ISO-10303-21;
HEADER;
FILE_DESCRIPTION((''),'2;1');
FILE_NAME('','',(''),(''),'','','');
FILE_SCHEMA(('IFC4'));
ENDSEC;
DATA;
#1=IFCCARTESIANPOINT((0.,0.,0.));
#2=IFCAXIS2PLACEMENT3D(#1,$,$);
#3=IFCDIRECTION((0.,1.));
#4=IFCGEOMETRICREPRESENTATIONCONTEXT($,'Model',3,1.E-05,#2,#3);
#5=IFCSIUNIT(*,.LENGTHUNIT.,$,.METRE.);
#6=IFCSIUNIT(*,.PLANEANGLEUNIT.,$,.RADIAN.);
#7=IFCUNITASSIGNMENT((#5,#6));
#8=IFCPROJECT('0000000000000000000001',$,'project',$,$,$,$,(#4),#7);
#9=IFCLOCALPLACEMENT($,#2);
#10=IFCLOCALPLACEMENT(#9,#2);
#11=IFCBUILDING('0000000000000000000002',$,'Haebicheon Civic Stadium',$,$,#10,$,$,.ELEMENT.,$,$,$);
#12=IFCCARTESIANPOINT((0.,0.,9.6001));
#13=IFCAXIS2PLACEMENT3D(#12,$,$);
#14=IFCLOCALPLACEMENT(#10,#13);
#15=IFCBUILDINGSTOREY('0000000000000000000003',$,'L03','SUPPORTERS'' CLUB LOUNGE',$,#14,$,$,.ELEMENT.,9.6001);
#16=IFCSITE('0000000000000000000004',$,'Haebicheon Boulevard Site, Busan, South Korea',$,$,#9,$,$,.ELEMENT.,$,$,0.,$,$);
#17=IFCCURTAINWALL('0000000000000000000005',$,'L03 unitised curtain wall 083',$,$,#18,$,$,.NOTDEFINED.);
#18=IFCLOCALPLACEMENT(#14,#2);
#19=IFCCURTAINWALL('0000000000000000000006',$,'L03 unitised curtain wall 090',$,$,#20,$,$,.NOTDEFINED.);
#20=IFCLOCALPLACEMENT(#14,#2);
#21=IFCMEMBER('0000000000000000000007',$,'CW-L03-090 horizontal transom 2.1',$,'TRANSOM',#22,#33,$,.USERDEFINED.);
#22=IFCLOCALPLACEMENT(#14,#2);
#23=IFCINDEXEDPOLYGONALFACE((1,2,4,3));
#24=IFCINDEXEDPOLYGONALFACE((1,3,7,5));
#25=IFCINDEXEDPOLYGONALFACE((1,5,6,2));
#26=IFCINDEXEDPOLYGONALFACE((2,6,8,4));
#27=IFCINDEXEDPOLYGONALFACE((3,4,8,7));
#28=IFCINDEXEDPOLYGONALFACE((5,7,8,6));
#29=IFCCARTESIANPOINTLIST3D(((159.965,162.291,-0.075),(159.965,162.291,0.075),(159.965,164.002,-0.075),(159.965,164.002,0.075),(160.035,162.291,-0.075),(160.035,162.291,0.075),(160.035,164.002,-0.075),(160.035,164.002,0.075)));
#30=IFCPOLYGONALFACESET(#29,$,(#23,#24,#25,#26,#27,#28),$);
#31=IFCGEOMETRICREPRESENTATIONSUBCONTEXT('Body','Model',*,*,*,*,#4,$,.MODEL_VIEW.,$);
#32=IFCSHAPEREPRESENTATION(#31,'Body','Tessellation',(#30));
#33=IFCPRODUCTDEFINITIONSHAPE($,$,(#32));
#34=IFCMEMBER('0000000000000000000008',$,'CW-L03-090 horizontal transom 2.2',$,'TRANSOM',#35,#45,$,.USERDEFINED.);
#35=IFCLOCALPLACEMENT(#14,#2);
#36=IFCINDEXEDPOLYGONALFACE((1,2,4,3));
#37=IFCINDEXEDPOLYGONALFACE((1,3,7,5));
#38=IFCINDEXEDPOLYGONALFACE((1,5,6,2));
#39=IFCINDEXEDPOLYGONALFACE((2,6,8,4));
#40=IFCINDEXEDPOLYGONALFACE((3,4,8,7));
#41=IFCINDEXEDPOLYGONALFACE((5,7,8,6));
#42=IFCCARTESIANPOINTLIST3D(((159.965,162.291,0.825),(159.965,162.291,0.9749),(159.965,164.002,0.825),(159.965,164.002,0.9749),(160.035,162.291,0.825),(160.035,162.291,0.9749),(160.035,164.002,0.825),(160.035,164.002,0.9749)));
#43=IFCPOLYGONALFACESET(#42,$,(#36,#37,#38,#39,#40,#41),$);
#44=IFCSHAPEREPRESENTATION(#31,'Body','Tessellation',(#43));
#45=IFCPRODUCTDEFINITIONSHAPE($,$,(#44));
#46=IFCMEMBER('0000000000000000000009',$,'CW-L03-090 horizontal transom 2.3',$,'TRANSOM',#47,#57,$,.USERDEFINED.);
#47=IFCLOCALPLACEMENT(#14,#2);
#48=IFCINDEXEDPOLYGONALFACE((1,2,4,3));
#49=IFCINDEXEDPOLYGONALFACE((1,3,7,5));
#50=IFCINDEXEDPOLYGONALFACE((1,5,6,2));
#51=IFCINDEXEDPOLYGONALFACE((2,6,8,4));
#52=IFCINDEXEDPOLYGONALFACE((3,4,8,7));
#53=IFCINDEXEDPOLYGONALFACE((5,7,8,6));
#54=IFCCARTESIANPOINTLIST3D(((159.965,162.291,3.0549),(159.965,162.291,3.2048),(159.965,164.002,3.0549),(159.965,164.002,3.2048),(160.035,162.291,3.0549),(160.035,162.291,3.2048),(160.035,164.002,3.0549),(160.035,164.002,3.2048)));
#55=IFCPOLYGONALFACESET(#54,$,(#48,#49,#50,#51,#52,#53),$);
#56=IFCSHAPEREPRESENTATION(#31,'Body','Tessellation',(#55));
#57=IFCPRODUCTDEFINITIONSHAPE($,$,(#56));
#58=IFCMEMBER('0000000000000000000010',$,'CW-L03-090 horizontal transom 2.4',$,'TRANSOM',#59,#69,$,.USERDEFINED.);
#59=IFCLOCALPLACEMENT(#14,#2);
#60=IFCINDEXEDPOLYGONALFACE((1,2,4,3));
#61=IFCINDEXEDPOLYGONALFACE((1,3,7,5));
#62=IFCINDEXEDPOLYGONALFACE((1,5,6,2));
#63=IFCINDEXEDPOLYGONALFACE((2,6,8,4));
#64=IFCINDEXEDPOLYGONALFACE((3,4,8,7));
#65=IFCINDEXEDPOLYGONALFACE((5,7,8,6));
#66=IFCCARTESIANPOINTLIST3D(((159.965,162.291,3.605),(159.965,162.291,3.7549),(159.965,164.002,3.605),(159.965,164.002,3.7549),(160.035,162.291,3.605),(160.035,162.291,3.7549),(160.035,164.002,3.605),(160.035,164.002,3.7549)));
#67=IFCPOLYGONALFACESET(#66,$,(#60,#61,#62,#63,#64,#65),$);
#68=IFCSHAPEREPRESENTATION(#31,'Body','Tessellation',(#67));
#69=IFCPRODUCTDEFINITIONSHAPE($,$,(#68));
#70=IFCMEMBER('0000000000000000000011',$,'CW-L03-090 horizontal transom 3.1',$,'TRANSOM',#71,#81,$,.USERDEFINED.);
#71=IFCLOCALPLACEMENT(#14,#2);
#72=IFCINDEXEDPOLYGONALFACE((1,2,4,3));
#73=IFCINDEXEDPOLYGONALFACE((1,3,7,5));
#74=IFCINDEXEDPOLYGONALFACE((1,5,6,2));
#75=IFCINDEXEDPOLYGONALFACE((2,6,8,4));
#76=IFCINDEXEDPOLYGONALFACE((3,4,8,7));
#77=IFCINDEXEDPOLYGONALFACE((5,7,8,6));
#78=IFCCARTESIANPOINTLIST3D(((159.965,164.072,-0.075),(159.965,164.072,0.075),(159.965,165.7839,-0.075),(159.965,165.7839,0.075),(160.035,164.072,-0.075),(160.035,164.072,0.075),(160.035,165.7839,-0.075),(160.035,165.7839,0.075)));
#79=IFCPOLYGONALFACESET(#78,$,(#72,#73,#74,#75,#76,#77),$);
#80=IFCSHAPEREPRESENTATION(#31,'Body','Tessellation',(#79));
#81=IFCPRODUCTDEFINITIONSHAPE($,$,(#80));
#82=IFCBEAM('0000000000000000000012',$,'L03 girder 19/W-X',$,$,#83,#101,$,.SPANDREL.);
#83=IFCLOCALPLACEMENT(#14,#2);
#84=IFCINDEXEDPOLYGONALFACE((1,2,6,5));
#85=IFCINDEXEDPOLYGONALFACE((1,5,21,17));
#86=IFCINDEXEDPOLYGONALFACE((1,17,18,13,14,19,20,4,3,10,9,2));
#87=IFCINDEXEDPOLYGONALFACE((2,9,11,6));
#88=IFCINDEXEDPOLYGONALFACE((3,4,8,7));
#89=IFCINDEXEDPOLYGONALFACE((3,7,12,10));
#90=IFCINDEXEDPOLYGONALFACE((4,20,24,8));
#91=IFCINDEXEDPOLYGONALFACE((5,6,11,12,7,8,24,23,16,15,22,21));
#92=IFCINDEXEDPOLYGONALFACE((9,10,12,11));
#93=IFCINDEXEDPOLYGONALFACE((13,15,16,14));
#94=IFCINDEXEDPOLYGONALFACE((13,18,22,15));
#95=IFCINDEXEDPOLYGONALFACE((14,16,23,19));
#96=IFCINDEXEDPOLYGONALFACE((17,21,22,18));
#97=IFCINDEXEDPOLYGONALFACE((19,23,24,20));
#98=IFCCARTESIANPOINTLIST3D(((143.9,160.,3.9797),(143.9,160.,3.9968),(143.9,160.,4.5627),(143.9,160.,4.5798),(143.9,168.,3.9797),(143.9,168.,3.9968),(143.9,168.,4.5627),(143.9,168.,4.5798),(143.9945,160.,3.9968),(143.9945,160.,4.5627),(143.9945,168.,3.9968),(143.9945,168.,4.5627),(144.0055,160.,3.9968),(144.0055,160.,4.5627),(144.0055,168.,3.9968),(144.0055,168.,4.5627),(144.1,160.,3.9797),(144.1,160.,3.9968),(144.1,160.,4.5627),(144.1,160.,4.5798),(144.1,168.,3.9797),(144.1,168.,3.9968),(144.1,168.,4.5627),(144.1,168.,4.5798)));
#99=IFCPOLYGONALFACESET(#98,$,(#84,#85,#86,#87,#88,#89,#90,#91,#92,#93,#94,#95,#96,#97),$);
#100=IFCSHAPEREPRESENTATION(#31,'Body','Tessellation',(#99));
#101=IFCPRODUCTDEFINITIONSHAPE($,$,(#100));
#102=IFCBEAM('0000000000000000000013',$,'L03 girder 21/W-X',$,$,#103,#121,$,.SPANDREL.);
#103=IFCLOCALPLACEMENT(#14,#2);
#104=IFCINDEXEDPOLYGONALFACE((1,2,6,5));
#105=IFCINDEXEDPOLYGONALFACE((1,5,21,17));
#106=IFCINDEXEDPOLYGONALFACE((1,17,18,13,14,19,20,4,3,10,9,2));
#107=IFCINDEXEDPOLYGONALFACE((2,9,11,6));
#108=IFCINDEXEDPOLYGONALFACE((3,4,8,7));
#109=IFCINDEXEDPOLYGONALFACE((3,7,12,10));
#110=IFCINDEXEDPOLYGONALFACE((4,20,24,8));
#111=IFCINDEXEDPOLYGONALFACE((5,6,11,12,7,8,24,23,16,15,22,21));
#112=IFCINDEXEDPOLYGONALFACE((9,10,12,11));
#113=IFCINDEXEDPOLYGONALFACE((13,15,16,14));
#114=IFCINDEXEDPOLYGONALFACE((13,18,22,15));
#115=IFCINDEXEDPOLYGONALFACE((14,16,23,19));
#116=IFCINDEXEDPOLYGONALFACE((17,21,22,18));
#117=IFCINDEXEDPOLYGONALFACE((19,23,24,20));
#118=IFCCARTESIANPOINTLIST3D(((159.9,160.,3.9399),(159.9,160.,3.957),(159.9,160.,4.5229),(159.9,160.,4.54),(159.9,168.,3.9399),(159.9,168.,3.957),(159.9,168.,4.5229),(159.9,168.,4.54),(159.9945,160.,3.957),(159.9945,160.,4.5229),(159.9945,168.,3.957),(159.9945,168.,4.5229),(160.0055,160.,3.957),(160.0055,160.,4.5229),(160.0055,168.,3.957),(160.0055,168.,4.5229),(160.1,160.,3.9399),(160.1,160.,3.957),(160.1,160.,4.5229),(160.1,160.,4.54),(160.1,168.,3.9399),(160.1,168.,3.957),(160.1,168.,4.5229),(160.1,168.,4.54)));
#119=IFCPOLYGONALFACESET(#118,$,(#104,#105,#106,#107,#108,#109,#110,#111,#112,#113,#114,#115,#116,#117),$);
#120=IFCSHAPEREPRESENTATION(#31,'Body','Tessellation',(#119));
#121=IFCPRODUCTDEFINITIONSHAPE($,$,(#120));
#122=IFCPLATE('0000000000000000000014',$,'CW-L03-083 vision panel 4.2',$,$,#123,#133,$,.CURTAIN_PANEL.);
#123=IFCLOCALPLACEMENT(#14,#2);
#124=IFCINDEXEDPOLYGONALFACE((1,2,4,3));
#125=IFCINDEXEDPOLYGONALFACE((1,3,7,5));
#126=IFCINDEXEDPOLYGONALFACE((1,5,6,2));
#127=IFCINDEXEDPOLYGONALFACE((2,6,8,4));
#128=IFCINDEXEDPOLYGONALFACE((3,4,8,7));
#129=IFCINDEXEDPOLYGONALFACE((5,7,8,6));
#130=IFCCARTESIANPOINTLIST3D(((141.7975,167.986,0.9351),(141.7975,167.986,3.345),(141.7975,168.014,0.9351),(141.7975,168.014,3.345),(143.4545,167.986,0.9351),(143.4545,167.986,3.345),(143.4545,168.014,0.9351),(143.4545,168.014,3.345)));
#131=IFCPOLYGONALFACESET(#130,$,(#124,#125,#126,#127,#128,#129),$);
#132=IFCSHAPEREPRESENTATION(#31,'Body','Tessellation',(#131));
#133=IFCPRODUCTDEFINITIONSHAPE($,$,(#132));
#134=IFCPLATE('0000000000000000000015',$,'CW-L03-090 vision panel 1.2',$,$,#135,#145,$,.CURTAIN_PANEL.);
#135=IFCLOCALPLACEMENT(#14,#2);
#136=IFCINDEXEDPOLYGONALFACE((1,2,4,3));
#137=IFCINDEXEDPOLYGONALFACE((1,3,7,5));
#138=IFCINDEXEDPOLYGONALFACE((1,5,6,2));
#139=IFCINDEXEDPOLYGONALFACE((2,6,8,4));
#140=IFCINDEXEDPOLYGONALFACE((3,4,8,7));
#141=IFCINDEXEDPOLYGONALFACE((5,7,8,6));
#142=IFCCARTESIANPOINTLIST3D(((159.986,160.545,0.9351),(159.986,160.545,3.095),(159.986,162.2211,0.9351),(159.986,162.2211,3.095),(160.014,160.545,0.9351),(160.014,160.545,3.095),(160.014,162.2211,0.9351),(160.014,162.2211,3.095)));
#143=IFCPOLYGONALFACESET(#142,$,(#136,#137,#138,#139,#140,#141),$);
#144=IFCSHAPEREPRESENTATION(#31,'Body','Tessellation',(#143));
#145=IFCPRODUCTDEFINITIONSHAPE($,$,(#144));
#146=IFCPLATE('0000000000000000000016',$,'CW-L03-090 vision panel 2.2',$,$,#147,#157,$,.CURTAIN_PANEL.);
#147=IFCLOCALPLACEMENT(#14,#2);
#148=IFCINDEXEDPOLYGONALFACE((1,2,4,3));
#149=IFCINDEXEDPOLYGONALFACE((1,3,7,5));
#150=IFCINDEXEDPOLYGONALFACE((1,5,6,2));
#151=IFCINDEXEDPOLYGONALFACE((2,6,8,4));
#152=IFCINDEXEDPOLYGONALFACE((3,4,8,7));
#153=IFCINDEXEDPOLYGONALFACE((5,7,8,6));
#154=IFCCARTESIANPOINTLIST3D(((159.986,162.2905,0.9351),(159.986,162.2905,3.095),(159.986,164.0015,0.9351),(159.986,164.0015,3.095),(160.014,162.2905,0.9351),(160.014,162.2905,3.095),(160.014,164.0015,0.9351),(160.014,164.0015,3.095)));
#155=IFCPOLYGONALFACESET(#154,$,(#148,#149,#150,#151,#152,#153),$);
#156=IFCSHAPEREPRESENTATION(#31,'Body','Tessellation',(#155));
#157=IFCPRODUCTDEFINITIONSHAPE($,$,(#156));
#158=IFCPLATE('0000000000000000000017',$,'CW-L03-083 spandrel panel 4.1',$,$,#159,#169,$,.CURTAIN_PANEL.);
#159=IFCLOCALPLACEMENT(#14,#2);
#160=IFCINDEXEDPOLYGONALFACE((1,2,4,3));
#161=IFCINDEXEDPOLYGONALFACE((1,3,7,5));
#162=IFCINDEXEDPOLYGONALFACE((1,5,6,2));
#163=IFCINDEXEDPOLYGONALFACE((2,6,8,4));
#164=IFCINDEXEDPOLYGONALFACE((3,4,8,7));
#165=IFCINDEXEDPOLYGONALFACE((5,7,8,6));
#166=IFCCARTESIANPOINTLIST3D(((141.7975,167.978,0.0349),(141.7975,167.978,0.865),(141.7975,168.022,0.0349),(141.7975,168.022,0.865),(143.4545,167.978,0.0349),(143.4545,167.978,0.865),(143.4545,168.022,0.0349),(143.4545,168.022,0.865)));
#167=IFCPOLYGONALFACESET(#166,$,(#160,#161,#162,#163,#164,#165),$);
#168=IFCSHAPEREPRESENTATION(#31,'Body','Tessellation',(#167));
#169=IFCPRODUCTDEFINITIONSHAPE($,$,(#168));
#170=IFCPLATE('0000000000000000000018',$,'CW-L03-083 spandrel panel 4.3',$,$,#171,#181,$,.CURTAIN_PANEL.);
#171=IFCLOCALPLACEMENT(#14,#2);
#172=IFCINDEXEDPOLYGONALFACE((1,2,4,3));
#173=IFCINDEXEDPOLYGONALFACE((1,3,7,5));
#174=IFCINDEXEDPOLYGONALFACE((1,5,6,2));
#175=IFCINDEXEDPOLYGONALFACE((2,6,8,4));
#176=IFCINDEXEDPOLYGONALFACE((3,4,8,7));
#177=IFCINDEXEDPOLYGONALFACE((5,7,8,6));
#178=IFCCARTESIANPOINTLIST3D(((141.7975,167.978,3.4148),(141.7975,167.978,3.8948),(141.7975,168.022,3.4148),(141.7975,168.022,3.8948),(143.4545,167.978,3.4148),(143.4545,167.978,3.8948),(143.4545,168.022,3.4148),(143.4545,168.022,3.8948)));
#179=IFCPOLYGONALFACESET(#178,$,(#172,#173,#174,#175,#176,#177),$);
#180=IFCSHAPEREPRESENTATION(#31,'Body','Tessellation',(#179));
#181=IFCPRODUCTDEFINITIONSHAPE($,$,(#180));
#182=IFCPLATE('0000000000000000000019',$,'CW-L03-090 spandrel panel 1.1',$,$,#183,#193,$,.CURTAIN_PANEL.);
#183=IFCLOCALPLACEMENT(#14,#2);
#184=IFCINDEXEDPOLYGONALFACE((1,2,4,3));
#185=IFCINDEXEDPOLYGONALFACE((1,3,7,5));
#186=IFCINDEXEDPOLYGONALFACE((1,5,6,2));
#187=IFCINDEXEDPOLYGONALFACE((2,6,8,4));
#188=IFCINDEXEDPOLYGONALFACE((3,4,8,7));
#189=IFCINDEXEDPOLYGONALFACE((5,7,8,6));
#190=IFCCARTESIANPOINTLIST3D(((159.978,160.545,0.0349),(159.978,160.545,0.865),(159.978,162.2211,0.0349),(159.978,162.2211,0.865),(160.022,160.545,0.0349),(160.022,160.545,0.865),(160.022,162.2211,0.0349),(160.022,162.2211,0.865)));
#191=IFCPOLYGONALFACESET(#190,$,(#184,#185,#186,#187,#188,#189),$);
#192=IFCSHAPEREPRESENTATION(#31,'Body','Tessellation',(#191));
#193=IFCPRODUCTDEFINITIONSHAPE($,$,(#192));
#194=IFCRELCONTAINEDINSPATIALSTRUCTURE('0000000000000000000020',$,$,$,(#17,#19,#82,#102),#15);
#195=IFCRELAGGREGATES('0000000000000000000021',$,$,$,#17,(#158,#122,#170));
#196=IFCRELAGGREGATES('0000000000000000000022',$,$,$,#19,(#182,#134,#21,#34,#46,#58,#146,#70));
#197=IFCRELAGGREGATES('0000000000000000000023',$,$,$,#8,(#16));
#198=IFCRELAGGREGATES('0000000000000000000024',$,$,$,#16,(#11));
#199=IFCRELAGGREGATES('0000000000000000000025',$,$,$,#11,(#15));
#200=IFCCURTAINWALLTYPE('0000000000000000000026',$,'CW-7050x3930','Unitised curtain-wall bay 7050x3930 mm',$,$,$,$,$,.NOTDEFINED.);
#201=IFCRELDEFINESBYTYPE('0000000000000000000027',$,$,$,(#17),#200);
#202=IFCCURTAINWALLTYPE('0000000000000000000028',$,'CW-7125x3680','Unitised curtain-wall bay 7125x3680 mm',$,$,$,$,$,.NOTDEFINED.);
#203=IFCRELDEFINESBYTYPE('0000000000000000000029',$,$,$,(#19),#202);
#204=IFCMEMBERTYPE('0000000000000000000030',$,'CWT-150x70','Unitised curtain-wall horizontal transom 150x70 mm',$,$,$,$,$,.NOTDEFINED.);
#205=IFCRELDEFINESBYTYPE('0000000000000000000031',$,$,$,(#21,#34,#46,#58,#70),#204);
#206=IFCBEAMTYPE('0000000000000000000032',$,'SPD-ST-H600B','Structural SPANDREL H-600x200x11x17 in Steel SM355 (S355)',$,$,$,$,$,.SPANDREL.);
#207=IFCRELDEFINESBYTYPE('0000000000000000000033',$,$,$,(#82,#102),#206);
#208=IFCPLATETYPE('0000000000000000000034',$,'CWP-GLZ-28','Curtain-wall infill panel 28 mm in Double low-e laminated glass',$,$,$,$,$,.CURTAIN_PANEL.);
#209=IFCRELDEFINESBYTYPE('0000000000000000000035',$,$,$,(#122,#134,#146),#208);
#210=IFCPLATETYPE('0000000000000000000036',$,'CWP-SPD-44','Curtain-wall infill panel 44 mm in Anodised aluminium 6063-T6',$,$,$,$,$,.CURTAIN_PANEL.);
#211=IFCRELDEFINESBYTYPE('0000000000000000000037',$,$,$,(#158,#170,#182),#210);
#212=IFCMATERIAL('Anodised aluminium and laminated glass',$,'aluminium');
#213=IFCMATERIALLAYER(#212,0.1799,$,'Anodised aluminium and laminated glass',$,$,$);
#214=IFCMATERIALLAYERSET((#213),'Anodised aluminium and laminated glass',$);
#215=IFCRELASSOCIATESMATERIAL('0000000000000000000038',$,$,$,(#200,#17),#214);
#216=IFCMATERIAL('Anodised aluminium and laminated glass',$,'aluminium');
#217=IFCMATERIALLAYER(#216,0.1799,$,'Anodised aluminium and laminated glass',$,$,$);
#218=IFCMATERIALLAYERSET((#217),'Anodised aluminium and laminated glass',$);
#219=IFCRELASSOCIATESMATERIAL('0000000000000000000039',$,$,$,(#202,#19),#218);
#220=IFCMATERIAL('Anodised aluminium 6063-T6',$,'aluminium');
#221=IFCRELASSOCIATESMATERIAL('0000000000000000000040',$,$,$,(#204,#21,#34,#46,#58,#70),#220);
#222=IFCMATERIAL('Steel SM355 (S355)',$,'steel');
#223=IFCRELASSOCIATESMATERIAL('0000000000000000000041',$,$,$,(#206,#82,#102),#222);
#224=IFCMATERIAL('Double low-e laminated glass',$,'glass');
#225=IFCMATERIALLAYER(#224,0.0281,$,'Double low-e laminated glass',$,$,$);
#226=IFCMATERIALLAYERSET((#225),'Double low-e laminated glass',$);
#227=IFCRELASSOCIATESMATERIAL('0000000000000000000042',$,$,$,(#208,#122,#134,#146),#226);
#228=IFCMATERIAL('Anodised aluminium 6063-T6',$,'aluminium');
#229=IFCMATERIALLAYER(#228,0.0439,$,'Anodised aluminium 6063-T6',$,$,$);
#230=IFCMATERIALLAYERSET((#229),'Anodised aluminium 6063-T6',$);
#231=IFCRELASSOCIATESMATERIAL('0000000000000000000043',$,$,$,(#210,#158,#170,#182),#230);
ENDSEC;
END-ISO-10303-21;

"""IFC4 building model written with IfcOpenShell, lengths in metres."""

from ifc_helpers import new_model, si_unit, direction, frame, origin, origin_2d, place, context, subcontext, project, spatial, rectangle, i_section, extrude, material, layer, layer_set, material_profile, profile_set, type_object, element, aggregate, save


model = new_model("IFC4")

# Units and contexts
model_context = context("Model", 3, precision=1e-05, world=origin(), true_north=direction((0.0, 1.0)))
body_context = subcontext(model_context, "Body", "Model", "MODEL_VIEW")
ifc_project = project(units=[si_unit("LENGTHUNIT", "METRE"), si_unit("PLANEANGLEUNIT", "RADIAN")], contexts=[model_context])

# Site, building, storey
site_placement = place(None, origin())
site = spatial("IfcSite", under=ifc_project, at=site_placement, Name="Haebicheon Boulevard Site, Busan, South Korea", CompositionType="ELEMENT", RefElevation=0.0)
building_placement = place(site_placement, origin())
building = spatial("IfcBuilding", under=site, at=building_placement, Name="Haebicheon Civic Stadium", CompositionType="ELEMENT")
storey_placement = place(building_placement, frame((0.0, 0.0, 9.6001)))
storey = spatial("IfcBuildingStorey", under=building, at=storey_placement, Name="L03", Description="SUPPORTERS' CLUB LOUNGE", CompositionType="ELEMENT", Elevation=9.6001)

# Curtain wall
ifc_material_1 = material(Name="Anodised aluminium and laminated glass", Category="aluminium")
ifc_layer_1 = layer(ifc_material_1, 0.1799, Name="Anodised aluminium and laminated glass")
ifc_layer_set_1 = layer_set([ifc_layer_1], Name="Anodised aluminium and laminated glass")
curtain_wall_type_1 = type_object("IfcCurtainWallType", Name="CW-7050x3930", Description="Unitised curtain-wall bay 7050x3930 mm", PredefinedType="NOTDEFINED", material=ifc_layer_set_1)
curtain_wall_1_placement = place(storey_placement, origin())
curtain_wall_1 = element("IfcCurtainWall", 1, at=curtain_wall_1_placement, inside=storey, type_object=curtain_wall_type_1, material=ifc_layer_set_1, Name="L03 unitised curtain wall 083", PredefinedType="NOTDEFINED")

# Curtain wall
ifc_material_2 = material(Name="Anodised aluminium and laminated glass", Category="aluminium")
ifc_layer_2 = layer(ifc_material_2, 0.1799, Name="Anodised aluminium and laminated glass")
ifc_layer_set_2 = layer_set([ifc_layer_2], Name="Anodised aluminium and laminated glass")
curtain_wall_type_2 = type_object("IfcCurtainWallType", Name="CW-7125x3680", Description="Unitised curtain-wall bay 7125x3680 mm", PredefinedType="NOTDEFINED", material=ifc_layer_set_2)
curtain_wall_2_placement = place(storey_placement, origin())
curtain_wall_2 = element("IfcCurtainWall", 2, at=curtain_wall_2_placement, inside=storey, type_object=curtain_wall_type_2, material=ifc_layer_set_2, Name="L03 unitised curtain wall 090", PredefinedType="NOTDEFINED")

# Members
ifc_material_3 = material(Name="Anodised aluminium 6063-T6", Category="aluminium")
ifc_material_profile_1 = material_profile(ifc_material_3, rectangle(XDim=0.0701, YDim=0.1499, at=origin_2d()), Name="ALU-TRAN-70x150")
ifc_profile_set_1 = profile_set([ifc_material_profile_1], Name="Anodised aluminium 6063-T6")
member_type_1 = type_object("IfcMemberType", Name="CWT-150x70", Description="Unitised curtain-wall horizontal transom 150x70 mm", PredefinedType="NOTDEFINED", material=ifc_profile_set_1)
member_1_placement = place(storey_placement, frame((160.0, 162.291, 0.0), z_axis=(0.0, 1.0, 0.0), x_axis=(-1.0, 0.0, 0.0)))
member_1 = element("IfcMember", 3, at=member_1_placement, type_object=member_type_1, material=ifc_profile_set_1, Name="CW-L03-090 horizontal transom 2.1", ObjectType="TRANSOM", PredefinedType="USERDEFINED", context=body_context, shape_type="SweptSolid", body=[
    extrude(rectangle(XDim=0.0701, YDim=0.1499, at=origin_2d()), origin(), (0.0, 0.0, 1.0), 1.7109),
])
member_2_placement = place(storey_placement, frame((160.0, 162.291, 0.8999), z_axis=(0.0, 1.0, 0.0), x_axis=(-1.0, 0.0, 0.0)))
member_2 = element("IfcMember", 4, at=member_2_placement, type_object=member_type_1, material=ifc_profile_set_1, Name="CW-L03-090 horizontal transom 2.2", ObjectType="TRANSOM", PredefinedType="USERDEFINED", context=body_context, shape_type="SweptSolid", body=[
    extrude(rectangle(XDim=0.0701, YDim=0.1499, at=origin_2d()), origin(), (0.0, 0.0, 1.0), 1.7109),
])
member_3_placement = place(storey_placement, frame((160.0, 162.291, 3.1299), z_axis=(0.0, 1.0, 0.0), x_axis=(-1.0, 0.0, 0.0)))
member_3 = element("IfcMember", 5, at=member_3_placement, type_object=member_type_1, material=ifc_profile_set_1, Name="CW-L03-090 horizontal transom 2.3", ObjectType="TRANSOM", PredefinedType="USERDEFINED", context=body_context, shape_type="SweptSolid", body=[
    extrude(rectangle(XDim=0.0701, YDim=0.1499, at=origin_2d()), origin(), (0.0, 0.0, 1.0), 1.7109),
])
member_4_placement = place(storey_placement, frame((160.0, 162.291, 3.6799), z_axis=(0.0, 1.0, 0.0), x_axis=(-1.0, 0.0, 0.0)))
member_4 = element("IfcMember", 6, at=member_4_placement, type_object=member_type_1, material=ifc_profile_set_1, Name="CW-L03-090 horizontal transom 2.4", ObjectType="TRANSOM", PredefinedType="USERDEFINED", context=body_context, shape_type="SweptSolid", body=[
    extrude(rectangle(XDim=0.0701, YDim=0.1499, at=origin_2d()), origin(), (0.0, 0.0, 1.0), 1.7109),
])
member_5_placement = place(storey_placement, frame((160.0, 164.072, 0.0), z_axis=(0.0, 1.0, 0.0), x_axis=(-1.0, 0.0, 0.0)))
member_5 = element("IfcMember", 7, at=member_5_placement, type_object=member_type_1, material=ifc_profile_set_1, Name="CW-L03-090 horizontal transom 3.1", ObjectType="TRANSOM", PredefinedType="USERDEFINED", context=body_context, shape_type="SweptSolid", body=[
    extrude(rectangle(XDim=0.0701, YDim=0.1499, at=origin_2d()), origin(), (0.0, 0.0, 1.0), 1.7119),
])

# Beams
ifc_material_4 = material(Name="Steel SM355 (S355)", Category="steel")
ifc_material_profile_2 = material_profile(ifc_material_4, i_section(OverallWidth=0.2, OverallDepth=0.6001, WebThickness=0.011, FlangeThickness=0.0171, at=origin_2d()), Name="H-600x200x11x17")
ifc_profile_set_2 = profile_set([ifc_material_profile_2], Name="Steel SM355 (S355)")
beam_type_1 = type_object("IfcBeamType", Name="SPD-ST-H600B", Description="Structural SPANDREL H-600x200x11x17 in Steel SM355 (S355)", PredefinedType="SPANDREL", material=ifc_profile_set_2)
for number, where, z_axis, x_axis, name in (
    (8, (144.0, 160.0, 4.2798), (0.0, 1.0, 0.0), (-1.0, 0.0, 0.0), "L03 girder 19/W-X"),
    (9, (160.0, 160.0, 4.24), (0.0, 1.0, 0.0), (-1.0, 0.0, 0.0), "L03 girder 21/W-X"),
):
    element("IfcBeam", number, at=place(storey_placement, frame(where, z_axis=z_axis, x_axis=x_axis)), inside=storey, type_object=beam_type_1, material=ifc_profile_set_2, Name=name, PredefinedType="SPANDREL", context=body_context, shape_type="SweptSolid", body=[
        extrude(i_section(OverallWidth=0.2, OverallDepth=0.6001, WebThickness=0.011, FlangeThickness=0.0171, at=origin_2d()), origin(), (0.0, 0.0, 1.0), 8.0),
    ])

# Plates
ifc_material_5 = material(Name="Double low-e laminated glass", Category="glass")
ifc_layer_3 = layer(ifc_material_5, 0.0281, Name="Double low-e laminated glass")
ifc_layer_set_3 = layer_set([ifc_layer_3], Name="Double low-e laminated glass")
plate_type_1 = type_object("IfcPlateType", Name="CWP-GLZ-28", Description="Curtain-wall infill panel 28 mm in Double low-e laminated glass", PredefinedType="CURTAIN_PANEL", material=ifc_layer_set_3)
plate_1_placement = place(storey_placement, frame((142.626, 168.0, 0.9351), z_axis=(0.0, 0.0, 1.0), x_axis=(1.0, 0.0, 0.0)))
plate_1 = element("IfcPlate", 10, at=plate_1_placement, type_object=plate_type_1, material=ifc_layer_set_3, Name="CW-L03-083 vision panel 4.2", PredefinedType="CURTAIN_PANEL", context=body_context, shape_type="SweptSolid", body=[
    extrude(rectangle(XDim=1.657, YDim=0.0281, at=origin_2d()), origin(), (0.0, 0.0, 1.0), 2.4099),
])
plate_2_placement = place(storey_placement, frame((160.0, 161.3831, 0.9351), z_axis=(0.0, 0.0, 1.0), x_axis=(0.0, 1.0, 0.0)))
plate_2 = element("IfcPlate", 11, at=plate_2_placement, type_object=plate_type_1, material=ifc_layer_set_3, Name="CW-L03-090 vision panel 1.2", PredefinedType="CURTAIN_PANEL", context=body_context, shape_type="SweptSolid", body=[
    extrude(rectangle(XDim=1.676, YDim=0.0281, at=origin_2d()), origin(), (0.0, 0.0, 1.0), 2.1599),
])
plate_3_placement = place(storey_placement, frame((160.0, 163.146, 0.9351), z_axis=(0.0, 0.0, 1.0), x_axis=(0.0, 1.0, 0.0)))
plate_3 = element("IfcPlate", 12, at=plate_3_placement, type_object=plate_type_1, material=ifc_layer_set_3, Name="CW-L03-090 vision panel 2.2", PredefinedType="CURTAIN_PANEL", context=body_context, shape_type="SweptSolid", body=[
    extrude(rectangle(XDim=1.7109, YDim=0.0281, at=origin_2d()), origin(), (0.0, 0.0, 1.0), 2.1599),
])
ifc_material_6 = material(Name="Anodised aluminium 6063-T6", Category="aluminium")
ifc_layer_4 = layer(ifc_material_6, 0.0439, Name="Anodised aluminium 6063-T6")
ifc_layer_set_4 = layer_set([ifc_layer_4], Name="Anodised aluminium 6063-T6")
plate_type_2 = type_object("IfcPlateType", Name="CWP-SPD-44", Description="Curtain-wall infill panel 44 mm in Anodised aluminium 6063-T6", PredefinedType="CURTAIN_PANEL", material=ifc_layer_set_4)
plate_4_placement = place(storey_placement, frame((142.626, 168.0, 0.0349), z_axis=(0.0, 0.0, 1.0), x_axis=(1.0, 0.0, 0.0)))
plate_4 = element("IfcPlate", 13, at=plate_4_placement, type_object=plate_type_2, material=ifc_layer_set_4, Name="CW-L03-083 spandrel panel 4.1", PredefinedType="CURTAIN_PANEL", context=body_context, shape_type="SweptSolid", body=[
    extrude(rectangle(XDim=1.657, YDim=0.0439, at=origin_2d()), origin(), (0.0, 0.0, 1.0), 0.8301),
])
plate_5_placement = place(storey_placement, frame((142.626, 168.0, 3.4148), z_axis=(0.0, 0.0, 1.0), x_axis=(1.0, 0.0, 0.0)))
plate_5 = element("IfcPlate", 14, at=plate_5_placement, type_object=plate_type_2, material=ifc_layer_set_4, Name="CW-L03-083 spandrel panel 4.3", PredefinedType="CURTAIN_PANEL", context=body_context, shape_type="SweptSolid", body=[
    extrude(rectangle(XDim=1.657, YDim=0.0439, at=origin_2d()), origin(), (0.0, 0.0, 1.0), 0.48),
])
aggregate(curtain_wall_1, [plate_4, plate_1, plate_5])
plate_6_placement = place(storey_placement, frame((160.0, 161.3831, 0.0349), z_axis=(0.0, 0.0, 1.0), x_axis=(0.0, 1.0, 0.0)))
plate_6 = element("IfcPlate", 15, at=plate_6_placement, type_object=plate_type_2, material=ifc_layer_set_4, Name="CW-L03-090 spandrel panel 1.1", PredefinedType="CURTAIN_PANEL", context=body_context, shape_type="SweptSolid", body=[
    extrude(rectangle(XDim=1.676, YDim=0.0439, at=origin_2d()), origin(), (0.0, 0.0, 1.0), 0.8301),
])
aggregate(curtain_wall_2, [plate_6, plate_2, member_1, member_2, member_3, member_4, plate_3, member_5])

save(model, "model.ifc")
